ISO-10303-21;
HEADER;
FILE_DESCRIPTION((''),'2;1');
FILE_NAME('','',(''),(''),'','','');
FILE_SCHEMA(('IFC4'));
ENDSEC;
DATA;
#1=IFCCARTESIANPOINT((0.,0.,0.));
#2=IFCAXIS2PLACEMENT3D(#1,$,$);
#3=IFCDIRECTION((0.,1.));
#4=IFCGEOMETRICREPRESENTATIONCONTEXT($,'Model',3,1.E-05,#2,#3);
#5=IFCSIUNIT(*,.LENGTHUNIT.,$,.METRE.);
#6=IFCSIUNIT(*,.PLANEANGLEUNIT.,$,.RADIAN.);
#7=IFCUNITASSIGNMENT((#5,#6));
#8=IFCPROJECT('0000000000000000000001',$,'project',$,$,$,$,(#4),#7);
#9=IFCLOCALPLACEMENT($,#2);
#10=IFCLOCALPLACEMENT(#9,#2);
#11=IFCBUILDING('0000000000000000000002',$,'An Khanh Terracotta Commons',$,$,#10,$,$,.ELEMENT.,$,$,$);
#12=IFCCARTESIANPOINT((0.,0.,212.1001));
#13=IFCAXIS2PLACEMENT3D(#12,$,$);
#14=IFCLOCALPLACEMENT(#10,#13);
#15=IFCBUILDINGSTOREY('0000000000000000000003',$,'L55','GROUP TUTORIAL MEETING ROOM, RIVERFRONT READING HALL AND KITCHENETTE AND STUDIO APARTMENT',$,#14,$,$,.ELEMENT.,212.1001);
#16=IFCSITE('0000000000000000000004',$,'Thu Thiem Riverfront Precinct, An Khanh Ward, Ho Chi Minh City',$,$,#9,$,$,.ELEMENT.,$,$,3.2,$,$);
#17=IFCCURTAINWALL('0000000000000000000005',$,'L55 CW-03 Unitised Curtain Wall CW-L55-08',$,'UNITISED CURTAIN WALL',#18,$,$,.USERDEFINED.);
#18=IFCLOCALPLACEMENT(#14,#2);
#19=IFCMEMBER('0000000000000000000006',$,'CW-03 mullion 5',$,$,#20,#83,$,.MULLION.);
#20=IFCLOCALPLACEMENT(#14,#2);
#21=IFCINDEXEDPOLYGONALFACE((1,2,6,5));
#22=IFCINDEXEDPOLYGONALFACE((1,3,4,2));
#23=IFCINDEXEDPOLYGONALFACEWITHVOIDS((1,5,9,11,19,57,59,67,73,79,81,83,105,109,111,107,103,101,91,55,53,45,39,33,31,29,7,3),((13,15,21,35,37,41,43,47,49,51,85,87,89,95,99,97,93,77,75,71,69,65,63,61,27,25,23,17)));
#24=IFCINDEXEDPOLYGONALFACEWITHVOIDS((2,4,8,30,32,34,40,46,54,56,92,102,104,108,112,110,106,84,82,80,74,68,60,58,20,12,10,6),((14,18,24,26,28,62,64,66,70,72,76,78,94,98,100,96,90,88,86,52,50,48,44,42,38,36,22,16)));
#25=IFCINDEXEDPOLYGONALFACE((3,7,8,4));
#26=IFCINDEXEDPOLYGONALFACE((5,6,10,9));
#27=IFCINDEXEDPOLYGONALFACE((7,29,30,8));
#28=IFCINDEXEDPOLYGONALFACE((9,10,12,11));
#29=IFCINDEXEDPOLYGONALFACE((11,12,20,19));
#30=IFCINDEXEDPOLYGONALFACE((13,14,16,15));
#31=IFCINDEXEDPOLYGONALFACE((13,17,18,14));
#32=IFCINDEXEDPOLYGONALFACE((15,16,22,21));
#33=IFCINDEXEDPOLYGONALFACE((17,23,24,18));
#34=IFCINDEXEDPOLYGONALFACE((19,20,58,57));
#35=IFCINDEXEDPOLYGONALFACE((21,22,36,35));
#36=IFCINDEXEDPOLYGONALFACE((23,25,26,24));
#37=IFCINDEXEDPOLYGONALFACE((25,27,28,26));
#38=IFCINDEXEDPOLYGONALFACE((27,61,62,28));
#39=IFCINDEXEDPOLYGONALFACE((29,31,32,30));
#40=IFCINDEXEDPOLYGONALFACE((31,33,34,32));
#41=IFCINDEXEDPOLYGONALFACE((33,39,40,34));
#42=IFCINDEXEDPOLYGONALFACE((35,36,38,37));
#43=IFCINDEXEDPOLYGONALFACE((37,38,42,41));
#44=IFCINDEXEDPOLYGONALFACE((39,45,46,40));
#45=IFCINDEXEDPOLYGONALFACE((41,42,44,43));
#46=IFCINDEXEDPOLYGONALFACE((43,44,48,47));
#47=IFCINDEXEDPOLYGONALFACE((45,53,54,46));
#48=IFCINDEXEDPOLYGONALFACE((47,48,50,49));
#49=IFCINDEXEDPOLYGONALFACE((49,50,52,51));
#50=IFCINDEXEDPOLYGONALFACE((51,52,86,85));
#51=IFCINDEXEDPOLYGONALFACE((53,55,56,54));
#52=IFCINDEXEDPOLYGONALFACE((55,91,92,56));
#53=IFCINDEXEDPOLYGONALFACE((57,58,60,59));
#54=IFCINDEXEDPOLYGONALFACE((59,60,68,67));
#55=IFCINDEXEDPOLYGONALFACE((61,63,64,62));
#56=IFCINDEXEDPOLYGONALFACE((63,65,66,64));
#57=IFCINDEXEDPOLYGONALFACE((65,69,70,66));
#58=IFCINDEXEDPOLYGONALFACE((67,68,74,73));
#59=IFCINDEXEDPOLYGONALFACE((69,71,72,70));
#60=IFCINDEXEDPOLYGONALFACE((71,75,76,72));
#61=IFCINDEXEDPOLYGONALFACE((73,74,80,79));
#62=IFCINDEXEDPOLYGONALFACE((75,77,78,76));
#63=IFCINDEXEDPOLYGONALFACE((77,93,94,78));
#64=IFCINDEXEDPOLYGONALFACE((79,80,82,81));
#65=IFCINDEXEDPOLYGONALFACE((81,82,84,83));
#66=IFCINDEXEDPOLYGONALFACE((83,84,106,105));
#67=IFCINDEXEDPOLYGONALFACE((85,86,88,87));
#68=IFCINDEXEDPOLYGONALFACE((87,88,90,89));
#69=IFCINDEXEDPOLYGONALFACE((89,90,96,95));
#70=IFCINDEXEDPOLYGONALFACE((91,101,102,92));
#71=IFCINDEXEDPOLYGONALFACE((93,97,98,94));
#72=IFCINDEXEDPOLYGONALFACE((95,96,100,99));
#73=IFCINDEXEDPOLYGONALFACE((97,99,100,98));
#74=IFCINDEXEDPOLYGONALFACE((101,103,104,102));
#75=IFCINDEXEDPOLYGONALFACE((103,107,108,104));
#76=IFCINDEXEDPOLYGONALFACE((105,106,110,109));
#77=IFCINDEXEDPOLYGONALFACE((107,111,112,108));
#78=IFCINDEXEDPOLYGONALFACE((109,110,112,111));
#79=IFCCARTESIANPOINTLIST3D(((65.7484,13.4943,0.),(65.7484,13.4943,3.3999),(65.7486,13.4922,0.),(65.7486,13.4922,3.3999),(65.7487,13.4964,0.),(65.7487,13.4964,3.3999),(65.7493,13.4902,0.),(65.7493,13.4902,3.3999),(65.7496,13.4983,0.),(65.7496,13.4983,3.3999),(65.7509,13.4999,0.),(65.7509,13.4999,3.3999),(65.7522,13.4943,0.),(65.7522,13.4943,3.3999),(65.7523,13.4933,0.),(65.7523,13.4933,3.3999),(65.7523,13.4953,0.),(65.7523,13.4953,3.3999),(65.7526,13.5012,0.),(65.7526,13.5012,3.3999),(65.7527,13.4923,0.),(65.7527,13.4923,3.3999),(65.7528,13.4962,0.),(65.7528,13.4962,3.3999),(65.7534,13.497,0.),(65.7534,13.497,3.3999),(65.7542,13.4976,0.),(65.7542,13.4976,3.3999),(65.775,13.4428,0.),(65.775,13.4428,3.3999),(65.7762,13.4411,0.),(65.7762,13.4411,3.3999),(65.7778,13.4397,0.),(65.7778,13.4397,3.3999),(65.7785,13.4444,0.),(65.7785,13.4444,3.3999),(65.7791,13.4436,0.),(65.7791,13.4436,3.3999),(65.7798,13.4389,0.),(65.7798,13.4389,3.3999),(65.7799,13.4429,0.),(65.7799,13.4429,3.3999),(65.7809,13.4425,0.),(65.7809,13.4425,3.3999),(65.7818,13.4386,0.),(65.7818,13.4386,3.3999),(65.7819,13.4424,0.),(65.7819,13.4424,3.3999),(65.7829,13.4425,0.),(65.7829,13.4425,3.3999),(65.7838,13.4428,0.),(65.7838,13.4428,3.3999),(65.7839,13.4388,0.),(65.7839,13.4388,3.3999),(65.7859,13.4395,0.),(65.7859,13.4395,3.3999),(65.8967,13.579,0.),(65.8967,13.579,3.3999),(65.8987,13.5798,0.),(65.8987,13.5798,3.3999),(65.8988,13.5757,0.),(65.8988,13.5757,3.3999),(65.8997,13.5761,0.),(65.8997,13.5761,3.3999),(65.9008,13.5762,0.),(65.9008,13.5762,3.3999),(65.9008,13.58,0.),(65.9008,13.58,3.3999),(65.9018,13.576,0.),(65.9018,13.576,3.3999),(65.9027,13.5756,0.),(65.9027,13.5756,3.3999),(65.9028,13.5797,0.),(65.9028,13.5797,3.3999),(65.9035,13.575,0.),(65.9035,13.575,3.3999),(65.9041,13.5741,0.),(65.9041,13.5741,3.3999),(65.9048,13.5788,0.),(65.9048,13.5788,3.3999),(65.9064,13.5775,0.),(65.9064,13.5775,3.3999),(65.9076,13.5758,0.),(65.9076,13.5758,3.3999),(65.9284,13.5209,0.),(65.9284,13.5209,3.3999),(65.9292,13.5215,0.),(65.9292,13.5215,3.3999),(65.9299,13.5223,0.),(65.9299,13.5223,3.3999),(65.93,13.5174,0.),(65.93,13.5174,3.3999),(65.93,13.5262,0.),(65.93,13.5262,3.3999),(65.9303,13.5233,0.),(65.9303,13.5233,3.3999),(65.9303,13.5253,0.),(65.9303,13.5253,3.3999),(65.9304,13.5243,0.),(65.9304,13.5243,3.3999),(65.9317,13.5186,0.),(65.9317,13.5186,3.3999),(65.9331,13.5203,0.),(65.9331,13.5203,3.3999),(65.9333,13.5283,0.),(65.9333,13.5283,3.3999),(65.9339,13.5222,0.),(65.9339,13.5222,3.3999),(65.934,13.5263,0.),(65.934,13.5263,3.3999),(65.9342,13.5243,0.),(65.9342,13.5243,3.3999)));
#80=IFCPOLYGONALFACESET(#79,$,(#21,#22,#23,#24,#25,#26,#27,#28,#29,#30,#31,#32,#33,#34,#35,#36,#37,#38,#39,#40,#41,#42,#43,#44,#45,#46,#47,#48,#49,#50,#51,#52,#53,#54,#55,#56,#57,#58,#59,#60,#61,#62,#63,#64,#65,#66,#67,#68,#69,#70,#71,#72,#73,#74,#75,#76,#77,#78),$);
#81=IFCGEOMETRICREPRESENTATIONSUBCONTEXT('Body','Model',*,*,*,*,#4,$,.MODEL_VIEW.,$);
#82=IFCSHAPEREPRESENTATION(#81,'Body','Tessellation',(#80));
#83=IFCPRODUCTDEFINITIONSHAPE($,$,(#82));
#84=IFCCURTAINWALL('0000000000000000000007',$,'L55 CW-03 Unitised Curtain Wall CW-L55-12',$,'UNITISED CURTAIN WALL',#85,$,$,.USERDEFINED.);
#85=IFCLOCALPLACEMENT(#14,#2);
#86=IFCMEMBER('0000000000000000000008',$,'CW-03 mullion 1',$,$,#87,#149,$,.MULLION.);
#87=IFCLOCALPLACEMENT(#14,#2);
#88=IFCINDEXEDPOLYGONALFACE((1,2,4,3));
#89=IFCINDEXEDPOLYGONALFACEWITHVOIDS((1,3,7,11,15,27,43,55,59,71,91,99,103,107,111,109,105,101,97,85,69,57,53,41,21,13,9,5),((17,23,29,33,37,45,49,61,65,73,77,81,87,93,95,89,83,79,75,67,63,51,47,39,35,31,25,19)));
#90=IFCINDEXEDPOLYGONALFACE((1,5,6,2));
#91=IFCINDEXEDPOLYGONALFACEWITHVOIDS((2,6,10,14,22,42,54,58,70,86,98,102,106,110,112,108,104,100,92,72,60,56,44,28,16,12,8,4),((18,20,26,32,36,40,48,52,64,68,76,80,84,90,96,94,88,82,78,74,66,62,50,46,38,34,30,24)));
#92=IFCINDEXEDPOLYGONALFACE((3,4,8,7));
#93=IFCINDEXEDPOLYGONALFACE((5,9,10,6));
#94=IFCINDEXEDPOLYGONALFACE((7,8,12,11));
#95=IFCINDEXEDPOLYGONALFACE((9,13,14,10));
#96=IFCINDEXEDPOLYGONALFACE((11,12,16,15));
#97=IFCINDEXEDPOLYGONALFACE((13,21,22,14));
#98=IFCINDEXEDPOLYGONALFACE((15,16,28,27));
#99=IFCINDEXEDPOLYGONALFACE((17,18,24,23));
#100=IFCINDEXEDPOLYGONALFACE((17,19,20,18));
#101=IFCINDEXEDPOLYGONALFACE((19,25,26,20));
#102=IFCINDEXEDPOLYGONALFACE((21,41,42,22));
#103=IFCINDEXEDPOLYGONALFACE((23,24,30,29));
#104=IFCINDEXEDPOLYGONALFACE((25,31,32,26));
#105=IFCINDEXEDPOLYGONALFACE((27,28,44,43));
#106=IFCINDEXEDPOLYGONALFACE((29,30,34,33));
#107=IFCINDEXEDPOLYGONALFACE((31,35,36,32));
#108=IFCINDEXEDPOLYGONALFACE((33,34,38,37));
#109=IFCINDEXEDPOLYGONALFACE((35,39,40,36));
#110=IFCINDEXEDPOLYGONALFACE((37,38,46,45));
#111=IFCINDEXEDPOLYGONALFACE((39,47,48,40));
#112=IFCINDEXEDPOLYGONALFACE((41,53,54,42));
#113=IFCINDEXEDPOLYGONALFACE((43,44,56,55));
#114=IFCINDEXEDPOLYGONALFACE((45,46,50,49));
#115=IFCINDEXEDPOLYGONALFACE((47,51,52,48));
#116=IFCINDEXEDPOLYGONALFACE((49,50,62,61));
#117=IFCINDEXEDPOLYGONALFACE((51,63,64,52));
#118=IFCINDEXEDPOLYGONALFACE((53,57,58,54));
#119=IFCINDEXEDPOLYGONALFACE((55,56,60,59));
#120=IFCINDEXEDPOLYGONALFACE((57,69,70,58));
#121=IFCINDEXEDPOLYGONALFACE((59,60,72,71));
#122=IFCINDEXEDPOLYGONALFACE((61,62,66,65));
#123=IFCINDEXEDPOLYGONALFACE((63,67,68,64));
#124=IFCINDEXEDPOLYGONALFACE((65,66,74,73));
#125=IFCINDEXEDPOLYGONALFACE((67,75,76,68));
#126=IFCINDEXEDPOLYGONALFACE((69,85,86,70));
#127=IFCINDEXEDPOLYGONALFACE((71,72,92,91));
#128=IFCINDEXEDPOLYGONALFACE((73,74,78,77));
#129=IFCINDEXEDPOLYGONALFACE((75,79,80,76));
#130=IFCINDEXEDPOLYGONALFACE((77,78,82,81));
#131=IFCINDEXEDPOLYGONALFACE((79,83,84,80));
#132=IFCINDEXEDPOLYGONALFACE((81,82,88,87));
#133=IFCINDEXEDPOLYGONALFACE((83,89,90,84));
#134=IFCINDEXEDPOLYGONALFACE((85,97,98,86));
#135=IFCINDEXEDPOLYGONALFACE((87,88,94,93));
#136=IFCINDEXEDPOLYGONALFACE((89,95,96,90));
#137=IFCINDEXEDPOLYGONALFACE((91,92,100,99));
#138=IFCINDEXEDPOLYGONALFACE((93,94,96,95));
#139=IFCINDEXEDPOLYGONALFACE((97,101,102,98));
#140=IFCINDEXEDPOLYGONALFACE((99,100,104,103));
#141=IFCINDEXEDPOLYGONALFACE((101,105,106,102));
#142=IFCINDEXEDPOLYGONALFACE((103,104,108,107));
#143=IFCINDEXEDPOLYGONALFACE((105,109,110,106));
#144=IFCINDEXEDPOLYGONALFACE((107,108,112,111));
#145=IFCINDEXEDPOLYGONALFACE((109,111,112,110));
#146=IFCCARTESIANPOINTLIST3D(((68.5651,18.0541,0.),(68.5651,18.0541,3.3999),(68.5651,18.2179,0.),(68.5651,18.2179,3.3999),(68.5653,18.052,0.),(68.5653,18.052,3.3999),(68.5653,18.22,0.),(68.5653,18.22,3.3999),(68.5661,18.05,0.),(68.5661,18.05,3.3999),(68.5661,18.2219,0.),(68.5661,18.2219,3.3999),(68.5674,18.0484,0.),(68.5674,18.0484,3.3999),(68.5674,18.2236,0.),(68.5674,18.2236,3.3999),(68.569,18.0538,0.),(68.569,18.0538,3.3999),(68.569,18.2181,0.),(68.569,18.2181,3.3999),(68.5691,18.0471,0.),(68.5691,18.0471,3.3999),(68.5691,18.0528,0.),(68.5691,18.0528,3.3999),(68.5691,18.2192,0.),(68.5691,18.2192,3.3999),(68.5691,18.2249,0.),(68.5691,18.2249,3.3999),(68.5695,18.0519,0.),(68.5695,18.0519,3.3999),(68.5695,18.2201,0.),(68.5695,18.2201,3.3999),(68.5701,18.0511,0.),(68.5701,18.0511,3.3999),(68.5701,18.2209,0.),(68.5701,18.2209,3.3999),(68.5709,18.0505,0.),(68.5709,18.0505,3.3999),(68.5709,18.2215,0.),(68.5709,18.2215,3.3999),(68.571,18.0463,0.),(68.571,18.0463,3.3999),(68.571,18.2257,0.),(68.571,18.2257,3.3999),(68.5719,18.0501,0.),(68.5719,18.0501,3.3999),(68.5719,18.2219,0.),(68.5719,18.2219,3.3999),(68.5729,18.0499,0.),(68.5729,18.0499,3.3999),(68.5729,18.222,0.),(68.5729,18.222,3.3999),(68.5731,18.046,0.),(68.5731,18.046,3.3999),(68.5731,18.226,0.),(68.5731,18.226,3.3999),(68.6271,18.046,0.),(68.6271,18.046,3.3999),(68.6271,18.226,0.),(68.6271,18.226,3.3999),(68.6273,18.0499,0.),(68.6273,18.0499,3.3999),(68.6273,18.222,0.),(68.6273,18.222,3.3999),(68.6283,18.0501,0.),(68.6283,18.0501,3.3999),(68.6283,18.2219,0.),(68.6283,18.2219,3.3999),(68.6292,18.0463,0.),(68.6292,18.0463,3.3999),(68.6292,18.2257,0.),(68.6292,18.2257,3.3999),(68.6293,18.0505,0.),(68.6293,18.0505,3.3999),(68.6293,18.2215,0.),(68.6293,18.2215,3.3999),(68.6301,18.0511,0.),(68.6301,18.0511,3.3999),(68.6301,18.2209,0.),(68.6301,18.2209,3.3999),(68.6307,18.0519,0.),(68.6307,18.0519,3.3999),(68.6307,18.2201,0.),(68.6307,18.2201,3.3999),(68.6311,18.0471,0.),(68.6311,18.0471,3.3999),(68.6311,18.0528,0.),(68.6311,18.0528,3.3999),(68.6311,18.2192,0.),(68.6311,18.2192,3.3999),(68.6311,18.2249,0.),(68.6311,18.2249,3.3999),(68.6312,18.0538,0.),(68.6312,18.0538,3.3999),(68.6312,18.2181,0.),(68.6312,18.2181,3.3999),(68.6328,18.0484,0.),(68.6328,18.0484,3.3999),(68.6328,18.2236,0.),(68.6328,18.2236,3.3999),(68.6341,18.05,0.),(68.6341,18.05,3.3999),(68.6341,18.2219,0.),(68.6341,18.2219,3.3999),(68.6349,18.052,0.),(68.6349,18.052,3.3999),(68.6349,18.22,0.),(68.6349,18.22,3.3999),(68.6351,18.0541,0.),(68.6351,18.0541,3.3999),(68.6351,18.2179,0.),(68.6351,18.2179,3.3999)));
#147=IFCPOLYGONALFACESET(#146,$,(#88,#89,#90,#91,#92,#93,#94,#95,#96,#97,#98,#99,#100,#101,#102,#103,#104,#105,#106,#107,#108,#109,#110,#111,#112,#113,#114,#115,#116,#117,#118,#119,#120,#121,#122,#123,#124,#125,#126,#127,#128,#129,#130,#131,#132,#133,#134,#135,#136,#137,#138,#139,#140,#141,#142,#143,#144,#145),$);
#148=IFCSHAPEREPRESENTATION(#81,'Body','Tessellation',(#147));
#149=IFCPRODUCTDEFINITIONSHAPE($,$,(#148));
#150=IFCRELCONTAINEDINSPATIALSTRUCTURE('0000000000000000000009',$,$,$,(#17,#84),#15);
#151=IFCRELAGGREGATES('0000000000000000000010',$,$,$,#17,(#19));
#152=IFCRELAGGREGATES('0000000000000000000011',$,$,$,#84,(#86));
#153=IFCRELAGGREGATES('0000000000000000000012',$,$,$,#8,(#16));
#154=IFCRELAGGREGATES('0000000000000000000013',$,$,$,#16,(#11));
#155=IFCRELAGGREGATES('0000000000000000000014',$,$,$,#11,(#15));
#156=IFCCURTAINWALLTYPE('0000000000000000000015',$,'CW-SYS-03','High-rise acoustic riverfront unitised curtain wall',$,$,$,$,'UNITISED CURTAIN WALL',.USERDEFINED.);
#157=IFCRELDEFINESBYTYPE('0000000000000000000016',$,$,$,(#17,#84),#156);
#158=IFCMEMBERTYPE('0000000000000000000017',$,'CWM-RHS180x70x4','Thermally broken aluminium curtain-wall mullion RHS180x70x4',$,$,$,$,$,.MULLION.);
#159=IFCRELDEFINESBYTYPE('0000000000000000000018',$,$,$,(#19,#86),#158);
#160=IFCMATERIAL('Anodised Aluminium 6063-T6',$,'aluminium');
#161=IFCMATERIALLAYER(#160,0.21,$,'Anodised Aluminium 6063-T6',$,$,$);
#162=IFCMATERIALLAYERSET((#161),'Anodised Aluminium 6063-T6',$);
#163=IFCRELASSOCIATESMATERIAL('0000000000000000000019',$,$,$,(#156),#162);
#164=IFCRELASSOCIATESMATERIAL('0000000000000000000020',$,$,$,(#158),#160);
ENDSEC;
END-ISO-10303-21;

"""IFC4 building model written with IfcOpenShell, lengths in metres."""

from ifc_helpers import new_model, si_unit, direction, frame, origin, origin_2d, place, context, subcontext, project, spatial, hollow_rectangle, extrude, material, layer, layer_set, material_profile, profile_set, type_object, element, aggregate, save


model = new_model("IFC4")

# Units and contexts
model_context = context("Model", 3, precision=1e-05, world=origin(), true_north=direction((0.0, 1.0)))
body_context = subcontext(model_context, "Body", "Model", "MODEL_VIEW")
ifc_project = project(units=[si_unit("LENGTHUNIT", "METRE"), si_unit("PLANEANGLEUNIT", "RADIAN")], contexts=[model_context])

# Site, building, storey
site_placement = place(None, origin())
site = spatial("IfcSite", under=ifc_project, at=site_placement, Name="Thu Thiem Riverfront Precinct, An Khanh Ward, Ho Chi Minh City", CompositionType="ELEMENT", RefElevation=3.2)
building_placement = place(site_placement, origin())
building = spatial("IfcBuilding", under=site, at=building_placement, Name="An Khanh Terracotta Commons", CompositionType="ELEMENT")
storey_placement = place(building_placement, frame((0.0, 0.0, 212.1001)))
storey = spatial("IfcBuildingStorey", under=building, at=storey_placement, Name="L55", Description="GROUP TUTORIAL MEETING ROOM, RIVERFRONT READING HALL AND KITCHENETTE AND STUDIO APARTMENT", CompositionType="ELEMENT", Elevation=212.1001)

# Curtain walls, members
ifc_material_1 = material(Name="Anodised Aluminium 6063-T6", Category="aluminium")
ifc_layer_1 = layer(ifc_material_1, 0.21, Name="Anodised Aluminium 6063-T6")
ifc_layer_set_1 = layer_set([ifc_layer_1], Name="Anodised Aluminium 6063-T6")
curtain_wall_type = type_object("IfcCurtainWallType", Name="CW-SYS-03", Description="High-rise acoustic riverfront unitised curtain wall", ElementType="UNITISED CURTAIN WALL", PredefinedType="USERDEFINED", material=ifc_layer_set_1)
curtain_wall_1_placement = place(storey_placement, origin())
curtain_wall_1 = element("IfcCurtainWall", 1, at=curtain_wall_1_placement, inside=storey, type_object=curtain_wall_type, Name="L55 CW-03 Unitised Curtain Wall CW-L55-08", ObjectType="UNITISED CURTAIN WALL", PredefinedType="USERDEFINED")
ifc_material_profile_1 = material_profile(ifc_material_1, hollow_rectangle(XDim=0.0701, YDim=0.1799, WallThickness=0.0039, InnerFilletRadius=0.0039, OuterFilletRadius=0.0081, at=origin_2d()), Name="RHS180x70x4")
ifc_profile_set_1 = profile_set([ifc_material_profile_1], Name="Anodised Aluminium 6063-T6")
member_type_1 = type_object("IfcMemberType", Name="CWM-RHS180x70x4", Description="Thermally broken aluminium curtain-wall mullion RHS180x70x4", PredefinedType="MULLION", material=ifc_profile_set_1)
member_1_placement = place(storey_placement, frame((65.8413, 13.5093, 0.0), z_axis=(0.0, 0.0, 1.0), x_axis=(-0.475381, 0.87978, 0.0)))
member_1 = element("IfcMember", 2, at=member_1_placement, type_object=member_type_1, Name="CW-03 mullion 5", PredefinedType="MULLION", context=body_context, shape_type="SweptSolid", body=[
    extrude(hollow_rectangle(XDim=0.0701, YDim=0.1799, WallThickness=0.0039, InnerFilletRadius=0.0039, OuterFilletRadius=0.0081, at=origin_2d()), origin(), (0.0, 0.0, 1.0), 3.3999),
])
curtain_wall_2_placement = place(storey_placement, origin())
curtain_wall_2 = element("IfcCurtainWall", 3, at=curtain_wall_2_placement, inside=storey, type_object=curtain_wall_type, Name="L55 CW-03 Unitised Curtain Wall CW-L55-12", ObjectType="UNITISED CURTAIN WALL", PredefinedType="USERDEFINED")
member_2_placement = place(storey_placement, frame((68.6001, 18.136, 0.0), z_axis=(0.0, 0.0, 1.0), x_axis=(-1.0, 0.0, 0.0)))
member_2 = element("IfcMember", 4, at=member_2_placement, type_object=member_type_1, Name="CW-03 mullion 1", PredefinedType="MULLION", context=body_context, shape_type="SweptSolid", body=[
    extrude(hollow_rectangle(XDim=0.0701, YDim=0.1799, WallThickness=0.0039, InnerFilletRadius=0.0039, OuterFilletRadius=0.0081, at=origin_2d()), origin(), (0.0, 0.0, 1.0), 3.3999),
])

aggregate(curtain_wall_1, [member_1])
aggregate(curtain_wall_2, [member_2])

save(model, "model.ifc")
